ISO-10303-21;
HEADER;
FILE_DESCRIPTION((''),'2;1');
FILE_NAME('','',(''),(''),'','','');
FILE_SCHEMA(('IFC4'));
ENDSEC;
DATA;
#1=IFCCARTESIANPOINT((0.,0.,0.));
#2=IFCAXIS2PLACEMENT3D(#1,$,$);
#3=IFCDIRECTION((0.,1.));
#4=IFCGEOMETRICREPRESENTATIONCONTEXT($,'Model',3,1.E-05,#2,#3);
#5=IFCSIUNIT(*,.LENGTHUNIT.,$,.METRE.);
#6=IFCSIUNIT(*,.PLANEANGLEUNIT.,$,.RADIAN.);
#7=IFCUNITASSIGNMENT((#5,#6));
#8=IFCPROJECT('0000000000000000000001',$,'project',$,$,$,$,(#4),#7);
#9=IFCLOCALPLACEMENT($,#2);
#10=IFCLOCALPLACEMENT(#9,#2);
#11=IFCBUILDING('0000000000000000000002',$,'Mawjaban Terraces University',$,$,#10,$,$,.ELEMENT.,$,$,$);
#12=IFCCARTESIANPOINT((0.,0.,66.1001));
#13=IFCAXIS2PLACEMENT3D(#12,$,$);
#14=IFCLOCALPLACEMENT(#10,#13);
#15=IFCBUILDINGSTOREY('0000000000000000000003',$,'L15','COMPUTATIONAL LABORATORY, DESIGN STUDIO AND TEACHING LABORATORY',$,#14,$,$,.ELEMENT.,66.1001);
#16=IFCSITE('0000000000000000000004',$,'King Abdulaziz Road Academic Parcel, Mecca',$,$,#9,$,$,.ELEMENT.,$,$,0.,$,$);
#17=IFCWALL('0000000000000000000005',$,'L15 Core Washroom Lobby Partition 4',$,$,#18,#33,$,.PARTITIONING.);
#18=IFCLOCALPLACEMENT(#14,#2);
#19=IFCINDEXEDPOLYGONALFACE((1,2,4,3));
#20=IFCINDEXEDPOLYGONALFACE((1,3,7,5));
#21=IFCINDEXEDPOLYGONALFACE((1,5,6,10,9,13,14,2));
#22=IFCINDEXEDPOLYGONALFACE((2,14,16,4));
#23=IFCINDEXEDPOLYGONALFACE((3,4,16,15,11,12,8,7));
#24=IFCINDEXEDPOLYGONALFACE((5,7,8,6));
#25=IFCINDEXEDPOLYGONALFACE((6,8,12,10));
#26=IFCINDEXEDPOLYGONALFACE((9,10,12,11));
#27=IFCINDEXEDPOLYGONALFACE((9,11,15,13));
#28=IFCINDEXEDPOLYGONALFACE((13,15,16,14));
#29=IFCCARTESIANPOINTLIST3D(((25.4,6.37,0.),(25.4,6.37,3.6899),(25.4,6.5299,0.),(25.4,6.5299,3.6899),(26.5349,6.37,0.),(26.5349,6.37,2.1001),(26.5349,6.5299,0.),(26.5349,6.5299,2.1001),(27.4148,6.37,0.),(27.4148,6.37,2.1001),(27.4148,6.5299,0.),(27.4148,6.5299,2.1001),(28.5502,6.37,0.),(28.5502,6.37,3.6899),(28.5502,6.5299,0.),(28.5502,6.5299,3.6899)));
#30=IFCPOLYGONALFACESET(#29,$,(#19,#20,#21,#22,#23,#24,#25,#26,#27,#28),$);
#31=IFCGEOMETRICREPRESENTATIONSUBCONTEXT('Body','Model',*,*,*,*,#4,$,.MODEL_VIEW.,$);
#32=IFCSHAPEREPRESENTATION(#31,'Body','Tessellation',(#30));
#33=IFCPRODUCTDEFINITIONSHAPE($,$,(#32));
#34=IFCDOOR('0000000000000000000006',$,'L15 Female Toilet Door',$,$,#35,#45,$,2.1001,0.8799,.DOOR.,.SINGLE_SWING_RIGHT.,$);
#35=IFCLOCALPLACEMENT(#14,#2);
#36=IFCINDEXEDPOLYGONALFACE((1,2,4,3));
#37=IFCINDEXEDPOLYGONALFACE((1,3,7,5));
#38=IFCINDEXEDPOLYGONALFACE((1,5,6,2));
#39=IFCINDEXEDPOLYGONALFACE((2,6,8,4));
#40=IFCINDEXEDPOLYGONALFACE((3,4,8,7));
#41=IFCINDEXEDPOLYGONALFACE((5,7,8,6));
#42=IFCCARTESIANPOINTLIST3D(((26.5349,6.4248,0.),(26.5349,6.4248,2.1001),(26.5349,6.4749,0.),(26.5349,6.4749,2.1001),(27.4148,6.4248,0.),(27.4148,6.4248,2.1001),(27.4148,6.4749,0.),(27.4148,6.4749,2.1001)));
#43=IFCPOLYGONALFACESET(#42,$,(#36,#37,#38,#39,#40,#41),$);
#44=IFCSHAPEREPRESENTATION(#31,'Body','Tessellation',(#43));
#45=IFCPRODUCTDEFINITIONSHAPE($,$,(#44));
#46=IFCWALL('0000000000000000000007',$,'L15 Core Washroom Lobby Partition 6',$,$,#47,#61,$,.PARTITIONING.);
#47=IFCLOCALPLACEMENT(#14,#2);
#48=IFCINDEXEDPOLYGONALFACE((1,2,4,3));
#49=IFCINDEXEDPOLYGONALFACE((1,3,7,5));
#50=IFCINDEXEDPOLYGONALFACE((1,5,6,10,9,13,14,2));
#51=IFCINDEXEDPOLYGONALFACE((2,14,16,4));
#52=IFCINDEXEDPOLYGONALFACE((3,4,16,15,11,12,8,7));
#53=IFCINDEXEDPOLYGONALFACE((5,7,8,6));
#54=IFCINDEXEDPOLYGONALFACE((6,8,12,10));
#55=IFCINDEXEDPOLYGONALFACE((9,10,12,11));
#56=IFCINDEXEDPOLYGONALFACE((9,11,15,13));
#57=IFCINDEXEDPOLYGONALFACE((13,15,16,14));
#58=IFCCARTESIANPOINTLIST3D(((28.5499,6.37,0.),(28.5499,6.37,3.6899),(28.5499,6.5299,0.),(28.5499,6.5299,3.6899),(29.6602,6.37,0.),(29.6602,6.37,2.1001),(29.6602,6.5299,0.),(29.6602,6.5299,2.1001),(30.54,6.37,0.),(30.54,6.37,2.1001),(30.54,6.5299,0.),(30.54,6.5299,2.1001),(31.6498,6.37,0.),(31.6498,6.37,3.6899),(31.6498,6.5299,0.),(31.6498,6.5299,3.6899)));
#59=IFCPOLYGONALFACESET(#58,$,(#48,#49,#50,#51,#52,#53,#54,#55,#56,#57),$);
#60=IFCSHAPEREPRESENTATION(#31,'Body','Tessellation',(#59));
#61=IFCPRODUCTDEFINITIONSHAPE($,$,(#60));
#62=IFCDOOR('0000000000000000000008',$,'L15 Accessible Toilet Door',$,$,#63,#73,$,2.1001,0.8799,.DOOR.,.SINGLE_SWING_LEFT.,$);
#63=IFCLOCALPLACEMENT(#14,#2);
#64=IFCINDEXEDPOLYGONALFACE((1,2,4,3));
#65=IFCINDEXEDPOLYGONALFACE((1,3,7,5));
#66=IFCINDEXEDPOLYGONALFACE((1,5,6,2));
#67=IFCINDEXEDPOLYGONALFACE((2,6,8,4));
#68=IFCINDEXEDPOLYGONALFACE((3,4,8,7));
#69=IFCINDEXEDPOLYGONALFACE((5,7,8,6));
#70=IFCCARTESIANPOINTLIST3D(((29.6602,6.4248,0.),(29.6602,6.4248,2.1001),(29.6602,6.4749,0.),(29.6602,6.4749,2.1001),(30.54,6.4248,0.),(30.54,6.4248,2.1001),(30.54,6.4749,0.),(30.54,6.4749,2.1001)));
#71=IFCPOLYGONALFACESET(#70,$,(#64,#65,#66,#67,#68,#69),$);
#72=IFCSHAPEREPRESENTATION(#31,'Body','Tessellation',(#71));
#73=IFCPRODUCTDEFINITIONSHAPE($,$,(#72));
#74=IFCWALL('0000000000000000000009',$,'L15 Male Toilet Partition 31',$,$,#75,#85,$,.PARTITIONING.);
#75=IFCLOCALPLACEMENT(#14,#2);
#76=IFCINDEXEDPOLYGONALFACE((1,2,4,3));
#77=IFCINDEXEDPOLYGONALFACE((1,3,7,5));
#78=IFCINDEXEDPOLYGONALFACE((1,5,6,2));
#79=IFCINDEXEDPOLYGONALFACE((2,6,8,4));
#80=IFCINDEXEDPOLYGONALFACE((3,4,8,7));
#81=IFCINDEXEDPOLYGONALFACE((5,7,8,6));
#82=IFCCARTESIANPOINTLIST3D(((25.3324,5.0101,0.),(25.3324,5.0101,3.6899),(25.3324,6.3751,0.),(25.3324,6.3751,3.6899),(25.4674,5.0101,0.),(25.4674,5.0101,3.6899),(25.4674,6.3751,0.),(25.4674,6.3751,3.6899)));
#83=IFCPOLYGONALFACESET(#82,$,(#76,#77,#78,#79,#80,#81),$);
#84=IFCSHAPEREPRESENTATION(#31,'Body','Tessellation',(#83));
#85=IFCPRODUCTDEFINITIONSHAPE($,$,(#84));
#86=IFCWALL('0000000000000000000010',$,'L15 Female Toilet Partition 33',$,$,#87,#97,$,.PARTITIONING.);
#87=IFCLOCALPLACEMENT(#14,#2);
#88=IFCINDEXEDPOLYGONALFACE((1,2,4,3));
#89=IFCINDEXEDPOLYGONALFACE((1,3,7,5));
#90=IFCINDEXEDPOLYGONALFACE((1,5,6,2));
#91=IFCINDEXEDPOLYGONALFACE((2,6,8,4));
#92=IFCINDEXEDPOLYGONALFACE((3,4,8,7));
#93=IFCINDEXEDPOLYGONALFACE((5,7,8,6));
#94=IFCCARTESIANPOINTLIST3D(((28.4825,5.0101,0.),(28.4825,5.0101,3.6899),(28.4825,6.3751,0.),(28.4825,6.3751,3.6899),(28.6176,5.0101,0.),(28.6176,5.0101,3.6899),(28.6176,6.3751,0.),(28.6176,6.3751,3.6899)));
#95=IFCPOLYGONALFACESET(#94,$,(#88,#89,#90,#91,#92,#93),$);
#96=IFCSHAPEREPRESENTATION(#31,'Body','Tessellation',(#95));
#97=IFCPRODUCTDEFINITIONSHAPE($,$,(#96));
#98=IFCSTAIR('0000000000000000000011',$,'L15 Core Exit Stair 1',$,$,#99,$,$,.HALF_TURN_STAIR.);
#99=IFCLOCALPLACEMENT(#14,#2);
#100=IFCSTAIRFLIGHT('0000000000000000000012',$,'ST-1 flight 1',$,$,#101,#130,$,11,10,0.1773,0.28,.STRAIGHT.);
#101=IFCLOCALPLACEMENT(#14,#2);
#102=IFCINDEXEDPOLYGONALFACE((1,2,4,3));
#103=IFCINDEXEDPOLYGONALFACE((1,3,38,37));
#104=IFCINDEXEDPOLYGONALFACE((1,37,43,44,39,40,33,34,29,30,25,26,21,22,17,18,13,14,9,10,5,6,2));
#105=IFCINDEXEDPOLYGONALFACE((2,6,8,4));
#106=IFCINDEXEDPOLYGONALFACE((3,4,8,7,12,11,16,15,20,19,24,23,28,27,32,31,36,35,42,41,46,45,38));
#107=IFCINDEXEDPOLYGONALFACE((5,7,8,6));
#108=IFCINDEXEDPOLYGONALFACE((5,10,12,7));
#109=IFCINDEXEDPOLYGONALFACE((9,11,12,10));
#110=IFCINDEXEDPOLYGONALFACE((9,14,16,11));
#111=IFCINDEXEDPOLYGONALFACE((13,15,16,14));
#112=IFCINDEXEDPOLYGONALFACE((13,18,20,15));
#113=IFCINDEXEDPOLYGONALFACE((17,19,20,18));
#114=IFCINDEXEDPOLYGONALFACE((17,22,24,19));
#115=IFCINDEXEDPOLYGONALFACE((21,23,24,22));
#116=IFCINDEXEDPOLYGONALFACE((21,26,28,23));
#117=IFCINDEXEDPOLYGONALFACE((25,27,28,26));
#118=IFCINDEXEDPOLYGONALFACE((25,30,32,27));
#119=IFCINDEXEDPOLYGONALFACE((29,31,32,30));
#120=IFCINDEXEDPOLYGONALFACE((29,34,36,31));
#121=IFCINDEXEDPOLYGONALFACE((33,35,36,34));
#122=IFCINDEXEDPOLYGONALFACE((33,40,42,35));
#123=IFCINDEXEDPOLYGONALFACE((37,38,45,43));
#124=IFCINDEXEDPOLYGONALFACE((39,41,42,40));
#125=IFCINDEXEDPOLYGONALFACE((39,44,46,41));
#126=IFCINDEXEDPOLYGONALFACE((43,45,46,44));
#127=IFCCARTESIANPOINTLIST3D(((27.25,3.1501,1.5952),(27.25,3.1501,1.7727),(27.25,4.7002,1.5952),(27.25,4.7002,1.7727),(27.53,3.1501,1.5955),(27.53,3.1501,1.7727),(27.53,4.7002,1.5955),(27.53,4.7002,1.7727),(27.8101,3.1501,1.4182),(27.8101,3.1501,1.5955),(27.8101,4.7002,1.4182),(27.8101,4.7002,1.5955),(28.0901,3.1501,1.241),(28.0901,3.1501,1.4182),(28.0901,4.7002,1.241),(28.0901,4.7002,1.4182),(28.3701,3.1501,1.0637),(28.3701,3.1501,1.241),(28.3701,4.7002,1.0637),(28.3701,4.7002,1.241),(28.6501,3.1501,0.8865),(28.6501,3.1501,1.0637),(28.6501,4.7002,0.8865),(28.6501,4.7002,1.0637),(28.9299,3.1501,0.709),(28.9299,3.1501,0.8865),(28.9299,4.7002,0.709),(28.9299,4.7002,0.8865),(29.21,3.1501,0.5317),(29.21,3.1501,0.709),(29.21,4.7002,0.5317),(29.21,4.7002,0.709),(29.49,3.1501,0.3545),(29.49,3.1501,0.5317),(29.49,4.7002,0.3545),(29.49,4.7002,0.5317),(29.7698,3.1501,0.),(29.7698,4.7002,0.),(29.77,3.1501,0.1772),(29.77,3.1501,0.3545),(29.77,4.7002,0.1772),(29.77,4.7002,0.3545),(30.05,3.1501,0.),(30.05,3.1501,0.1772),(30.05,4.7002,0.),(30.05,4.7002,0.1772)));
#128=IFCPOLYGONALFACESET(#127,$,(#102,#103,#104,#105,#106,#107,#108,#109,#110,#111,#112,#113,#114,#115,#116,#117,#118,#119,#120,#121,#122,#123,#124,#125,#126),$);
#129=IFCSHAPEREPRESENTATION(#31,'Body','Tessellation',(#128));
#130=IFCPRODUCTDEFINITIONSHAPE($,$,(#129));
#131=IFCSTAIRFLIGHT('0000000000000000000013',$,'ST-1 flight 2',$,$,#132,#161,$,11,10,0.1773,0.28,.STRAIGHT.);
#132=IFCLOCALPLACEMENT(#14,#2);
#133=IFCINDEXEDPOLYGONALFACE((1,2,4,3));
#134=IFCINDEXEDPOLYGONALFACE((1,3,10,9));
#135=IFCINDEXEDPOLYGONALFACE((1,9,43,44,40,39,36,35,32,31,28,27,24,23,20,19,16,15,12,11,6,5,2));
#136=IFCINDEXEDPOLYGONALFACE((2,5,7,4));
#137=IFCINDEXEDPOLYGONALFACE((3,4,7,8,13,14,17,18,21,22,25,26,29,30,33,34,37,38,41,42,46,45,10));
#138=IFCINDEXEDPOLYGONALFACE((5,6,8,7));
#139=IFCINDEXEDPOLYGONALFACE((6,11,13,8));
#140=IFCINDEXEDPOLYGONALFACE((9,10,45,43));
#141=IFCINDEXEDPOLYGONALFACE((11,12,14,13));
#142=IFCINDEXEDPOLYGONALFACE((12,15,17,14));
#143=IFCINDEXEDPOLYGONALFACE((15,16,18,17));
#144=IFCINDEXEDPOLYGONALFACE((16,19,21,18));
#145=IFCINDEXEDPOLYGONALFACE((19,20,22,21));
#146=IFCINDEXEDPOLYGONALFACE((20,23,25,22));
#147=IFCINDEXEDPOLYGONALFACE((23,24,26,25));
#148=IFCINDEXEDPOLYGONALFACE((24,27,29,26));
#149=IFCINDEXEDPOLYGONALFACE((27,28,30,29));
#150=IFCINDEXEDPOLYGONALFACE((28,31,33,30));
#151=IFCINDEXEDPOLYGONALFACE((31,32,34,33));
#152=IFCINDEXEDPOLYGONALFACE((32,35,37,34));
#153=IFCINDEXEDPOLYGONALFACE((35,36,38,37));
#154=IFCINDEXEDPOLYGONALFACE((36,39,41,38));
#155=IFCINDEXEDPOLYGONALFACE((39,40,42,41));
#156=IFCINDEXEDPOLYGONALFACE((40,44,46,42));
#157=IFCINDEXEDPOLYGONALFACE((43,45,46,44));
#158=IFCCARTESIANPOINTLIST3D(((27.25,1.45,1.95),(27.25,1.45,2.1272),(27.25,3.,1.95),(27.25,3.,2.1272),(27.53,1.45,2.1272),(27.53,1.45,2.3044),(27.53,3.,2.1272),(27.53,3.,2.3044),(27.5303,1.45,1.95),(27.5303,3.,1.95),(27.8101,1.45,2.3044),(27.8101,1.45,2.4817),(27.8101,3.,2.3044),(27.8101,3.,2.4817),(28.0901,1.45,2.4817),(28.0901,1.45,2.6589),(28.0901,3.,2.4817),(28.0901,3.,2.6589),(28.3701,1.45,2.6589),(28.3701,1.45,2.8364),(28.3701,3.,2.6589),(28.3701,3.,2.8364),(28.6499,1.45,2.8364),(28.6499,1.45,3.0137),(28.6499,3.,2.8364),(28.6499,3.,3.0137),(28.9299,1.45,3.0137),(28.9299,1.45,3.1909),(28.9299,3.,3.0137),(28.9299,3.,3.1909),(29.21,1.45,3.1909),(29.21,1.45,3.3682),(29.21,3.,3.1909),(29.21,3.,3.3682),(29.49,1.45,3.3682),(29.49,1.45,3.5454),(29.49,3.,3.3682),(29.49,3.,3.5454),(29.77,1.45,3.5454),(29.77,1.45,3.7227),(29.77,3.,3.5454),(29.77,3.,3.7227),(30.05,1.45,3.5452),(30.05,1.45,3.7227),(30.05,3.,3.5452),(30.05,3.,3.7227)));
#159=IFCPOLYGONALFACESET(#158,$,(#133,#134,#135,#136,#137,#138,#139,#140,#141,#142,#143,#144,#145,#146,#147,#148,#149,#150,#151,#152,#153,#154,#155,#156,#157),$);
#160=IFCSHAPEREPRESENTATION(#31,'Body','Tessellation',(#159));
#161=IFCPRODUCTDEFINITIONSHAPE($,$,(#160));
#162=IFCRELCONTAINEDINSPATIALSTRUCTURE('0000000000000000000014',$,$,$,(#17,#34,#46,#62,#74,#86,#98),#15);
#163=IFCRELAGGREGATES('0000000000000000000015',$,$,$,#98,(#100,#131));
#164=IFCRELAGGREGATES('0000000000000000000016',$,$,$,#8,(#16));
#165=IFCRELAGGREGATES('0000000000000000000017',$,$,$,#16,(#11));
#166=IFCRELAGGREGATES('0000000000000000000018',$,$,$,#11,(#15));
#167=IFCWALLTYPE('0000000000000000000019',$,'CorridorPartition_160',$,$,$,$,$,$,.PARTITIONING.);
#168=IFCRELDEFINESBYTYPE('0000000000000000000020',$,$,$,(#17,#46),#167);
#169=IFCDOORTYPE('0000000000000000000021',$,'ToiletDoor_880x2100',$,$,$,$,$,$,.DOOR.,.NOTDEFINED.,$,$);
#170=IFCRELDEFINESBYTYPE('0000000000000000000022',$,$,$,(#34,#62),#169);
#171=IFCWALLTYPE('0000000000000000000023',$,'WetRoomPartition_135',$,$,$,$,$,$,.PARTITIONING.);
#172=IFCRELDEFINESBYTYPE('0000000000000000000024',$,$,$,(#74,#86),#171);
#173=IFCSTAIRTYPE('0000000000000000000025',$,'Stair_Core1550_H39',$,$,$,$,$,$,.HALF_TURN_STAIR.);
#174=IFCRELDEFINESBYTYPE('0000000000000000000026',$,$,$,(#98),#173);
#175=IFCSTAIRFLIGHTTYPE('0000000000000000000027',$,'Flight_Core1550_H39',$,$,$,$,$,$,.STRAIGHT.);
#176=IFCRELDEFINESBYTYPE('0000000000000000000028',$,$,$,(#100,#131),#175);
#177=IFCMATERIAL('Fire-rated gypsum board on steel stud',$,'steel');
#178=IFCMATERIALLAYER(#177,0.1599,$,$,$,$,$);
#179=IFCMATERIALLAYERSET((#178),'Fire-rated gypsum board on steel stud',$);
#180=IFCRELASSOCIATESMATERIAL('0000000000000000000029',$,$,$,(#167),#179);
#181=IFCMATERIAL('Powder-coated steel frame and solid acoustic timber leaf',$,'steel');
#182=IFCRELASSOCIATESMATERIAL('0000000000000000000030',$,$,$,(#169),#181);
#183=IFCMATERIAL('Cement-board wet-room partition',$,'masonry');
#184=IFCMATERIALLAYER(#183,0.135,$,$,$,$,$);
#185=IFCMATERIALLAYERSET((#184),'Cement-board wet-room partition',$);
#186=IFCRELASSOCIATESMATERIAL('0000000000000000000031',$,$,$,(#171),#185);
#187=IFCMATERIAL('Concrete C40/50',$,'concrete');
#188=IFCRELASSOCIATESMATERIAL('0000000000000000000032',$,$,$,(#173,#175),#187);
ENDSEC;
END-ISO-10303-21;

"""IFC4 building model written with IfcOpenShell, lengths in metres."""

from ifc_helpers import new_model, si_unit, direction, frame, frame_2d, origin, place, context, subcontext, project, spatial, polyline, rectangle, outline, extrude, material, layer, layer_set, type_object, element, fill, aggregate, save


model = new_model("IFC4")

# Units and contexts
model_context = context("Model", 3, precision=1e-05, world=origin(), true_north=direction((0.0, 1.0)))
body_context = subcontext(model_context, "Body", "Model", "MODEL_VIEW")
ifc_project = project(units=[si_unit("LENGTHUNIT", "METRE"), si_unit("PLANEANGLEUNIT", "RADIAN")], contexts=[model_context])

# Site, building, storey
site_placement = place(None, origin())
site = spatial("IfcSite", under=ifc_project, at=site_placement, Name="King Abdulaziz Road Academic Parcel, Mecca", CompositionType="ELEMENT", RefElevation=0.0)
building_placement = place(site_placement, origin())
building = spatial("IfcBuilding", under=site, at=building_placement, Name="Mawjaban Terraces University", CompositionType="ELEMENT")
storey_placement = place(building_placement, frame((0.0, 0.0, 66.1001)))
storey = spatial("IfcBuildingStorey", under=building, at=storey_placement, Name="L15", Description="COMPUTATIONAL LABORATORY, DESIGN STUDIO AND TEACHING LABORATORY", CompositionType="ELEMENT", Elevation=66.1001)

# Walls, openings, doors
ifc_material_1 = material(Name="Fire-rated gypsum board on steel stud", Category="steel")
ifc_layer_1 = layer(ifc_material_1, 0.1599)
ifc_layer_set_1 = layer_set([ifc_layer_1], Name="Fire-rated gypsum board on steel stud")
wall_type_1 = type_object("IfcWallType", Name="CorridorPartition_160", PredefinedType="PARTITIONING", material=ifc_layer_set_1)
wall_1_placement = place(storey_placement, frame((25.3999, 6.45, 0.0), z_axis=(0.0, 0.0, 1.0), x_axis=(1.0, 0.0, 0.0)))
wall_1 = element("IfcWall", 1, at=wall_1_placement, inside=storey, type_object=wall_type_1, Name="L15 Core Washroom Lobby Partition 4", PredefinedType="PARTITIONING", context=body_context, shape_type="SweptSolid", body=[
    extrude(rectangle(XDim=3.1501, YDim=0.1599, at=frame_2d((1.5752, 0.0))), origin(), (0.0, 0.0, 1.0), 3.6899),
])
opening_1_placement = place(wall_1_placement, frame((1.135, 0.0, 0.0)))
opening_1 = element("IfcOpeningElement", 2, at=opening_1_placement, cuts=wall_1, PredefinedType="OPENING", context=body_context, shape_type="SweptSolid", body=[
    extrude(rectangle(XDim=0.8799, YDim=2.1001, at=frame_2d((0.4399, 1.05))), frame((0.0, 0.0898, 0.0), z_axis=(0.0, -1.0, 0.0), x_axis=(1.0, 0.0, 0.0)), (0.0, 0.0, 1.0), 0.1799),
])
ifc_material_2 = material(Name="Powder-coated steel frame and solid acoustic timber leaf", Category="steel")
door_type = type_object("IfcDoorType", Name="ToiletDoor_880x2100", OperationType="NOTDEFINED", PredefinedType="DOOR", material=ifc_material_2)
door_1_placement = place(opening_1_placement, origin())
door_1 = element("IfcDoor", 3, at=door_1_placement, inside=storey, type_object=door_type, Name="L15 Female Toilet Door", OperationType="SINGLE_SWING_RIGHT", OverallHeight=2.1001, OverallWidth=0.8799, PredefinedType="DOOR", context=body_context, shape_type="SweptSolid", body=[
    extrude(rectangle(XDim=0.8799, YDim=2.1001, at=frame_2d((0.4399, 1.05))), frame((0.0, 0.0249, 0.0), z_axis=(0.0, -1.0, 0.0), x_axis=(1.0, 0.0, 0.0)), (0.0, 0.0, 1.0), 0.05),
])
fill(opening_1, door_1)
wall_2_placement = place(storey_placement, frame((28.55, 6.45, 0.0), z_axis=(0.0, 0.0, 1.0), x_axis=(1.0, 0.0, 0.0)))
wall_2 = element("IfcWall", 4, at=wall_2_placement, inside=storey, type_object=wall_type_1, Name="L15 Core Washroom Lobby Partition 6", PredefinedType="PARTITIONING", context=body_context, shape_type="SweptSolid", body=[
    extrude(rectangle(XDim=3.0999, YDim=0.1599, at=frame_2d((1.5498, 0.0))), origin(), (0.0, 0.0, 1.0), 3.6899),
])
opening_2_placement = place(wall_2_placement, frame((1.1101, 0.0, 0.0)))
opening_2 = element("IfcOpeningElement", 5, at=opening_2_placement, cuts=wall_2, PredefinedType="OPENING", context=body_context, shape_type="SweptSolid", body=[
    extrude(rectangle(XDim=0.8799, YDim=2.1001, at=frame_2d((0.4399, 1.05))), frame((0.0, 0.0898, 0.0), z_axis=(0.0, -1.0, 0.0), x_axis=(1.0, 0.0, 0.0)), (0.0, 0.0, 1.0), 0.1799),
])
door_2_placement = place(opening_2_placement, origin())
door_2 = element("IfcDoor", 6, at=door_2_placement, inside=storey, type_object=door_type, Name="L15 Accessible Toilet Door", OperationType="SINGLE_SWING_LEFT", OverallHeight=2.1001, OverallWidth=0.8799, PredefinedType="DOOR", context=body_context, shape_type="SweptSolid", body=[
    extrude(rectangle(XDim=0.8799, YDim=2.1001, at=frame_2d((0.4399, 1.05))), frame((0.0, 0.0249, 0.0), z_axis=(0.0, -1.0, 0.0), x_axis=(1.0, 0.0, 0.0)), (0.0, 0.0, 1.0), 0.05),
])
fill(opening_2, door_2)

# Walls
ifc_material_3 = material(Name="Cement-board wet-room partition", Category="masonry")
ifc_layer_2 = layer(ifc_material_3, 0.135)
ifc_layer_set_2 = layer_set([ifc_layer_2], Name="Cement-board wet-room partition")
wall_type_2 = type_object("IfcWallType", Name="WetRoomPartition_135", PredefinedType="PARTITIONING", material=ifc_layer_set_2)
for number, where, z_axis, x_axis, name in (
    (7, (25.3999, 5.01, 0.0), (0.0, 0.0, 1.0), (0.0, 1.0, 0.0), "L15 Male Toilet Partition 31"),
    (8, (28.55, 5.01, 0.0), (0.0, 0.0, 1.0), (0.0, 1.0, 0.0), "L15 Female Toilet Partition 33"),
):
    element("IfcWall", number, at=place(storey_placement, frame(where, z_axis=z_axis, x_axis=x_axis)), inside=storey, type_object=wall_type_2, Name=name, PredefinedType="PARTITIONING", context=body_context, shape_type="SweptSolid", body=[
        extrude(rectangle(XDim=1.365, YDim=0.135, at=frame_2d((0.6826, 0.0))), origin(), (0.0, 0.0, 1.0), 3.6899),
    ])

# Stair, stair flights
ifc_material_4 = material(Name="Concrete C40/50", Category="concrete")
stair_type = type_object("IfcStairType", Name="Stair_Core1550_H39", PredefinedType="HALF_TURN_STAIR", material=ifc_material_4)
stair_1_placement = place(storey_placement, origin())
stair_1 = element("IfcStair", 9, at=stair_1_placement, inside=storey, type_object=stair_type, Name="L15 Core Exit Stair 1", PredefinedType="HALF_TURN_STAIR")
stair_flight_type = type_object("IfcStairFlightType", Name="Flight_Core1550_H39", PredefinedType="STRAIGHT", material=ifc_material_4)
stair_flight_1_placement = place(storey_placement, frame((30.05, 3.925, 0.0), z_axis=(0.0, 0.0, 1.0), x_axis=(-1.0, 0.0, 0.0)))
stair_flight_1 = element("IfcStairFlight", 10, at=stair_flight_1_placement, type_object=stair_flight_type, Name="ST-1 flight 1", NumberOfRisers=11, NumberOfTreads=10, PredefinedType="STRAIGHT", RiserHeight=0.1773, TreadLength=0.28, context=body_context, shape_type="SweptSolid", body=[
    extrude(outline(polyline([(0.0, 0.0), (0.0, 0.1772), (0.28, 0.1772), (0.28, 0.3545), (0.5601, 0.3545), (0.5601, 0.5317), (0.8401, 0.5317), (0.8401, 0.709), (1.1201, 0.709), (1.1201, 0.8865), (1.3999, 0.8865), (1.3999, 1.0637), (1.6799, 1.0637), (1.6799, 1.241), (1.96, 1.241), (1.96, 1.4182), (2.24, 1.4182), (2.24, 1.5955), (2.52, 1.5955), (2.52, 1.7727), (2.8, 1.7727), (2.8, 1.95), (2.8, 1.5952), (0.2803, 0.0), (0.0, 0.0)])), frame((0.0, 0.7749, 0.0), z_axis=(0.0, -1.0, 0.0), x_axis=(1.0, 0.0, 0.0)), (0.0, 0.0, 1.0), 1.55),
])
stair_flight_2_placement = place(storey_placement, frame((27.25, 2.2251, 1.95), z_axis=(0.0, 0.0, 1.0), x_axis=(1.0, 0.0, 0.0)))
stair_flight_2 = element("IfcStairFlight", 11, at=stair_flight_2_placement, type_object=stair_flight_type, Name="ST-1 flight 2", NumberOfRisers=11, NumberOfTreads=10, PredefinedType="STRAIGHT", RiserHeight=0.1773, TreadLength=0.28, context=body_context, shape_type="SweptSolid", body=[
    extrude(outline(polyline([(0.0, 0.0), (0.0, 0.1772), (0.28, 0.1772), (0.28, 0.3545), (0.5601, 0.3545), (0.5601, 0.5317), (0.8401, 0.5317), (0.8401, 0.709), (1.1201, 0.709), (1.1201, 0.8865), (1.3999, 0.8865), (1.3999, 1.0637), (1.6799, 1.0637), (1.6799, 1.241), (1.96, 1.241), (1.96, 1.4182), (2.24, 1.4182), (2.24, 1.5955), (2.52, 1.5955), (2.52, 1.7727), (2.8, 1.7727), (2.8, 1.95), (2.8, 1.5952), (0.2803, 0.0), (0.0, 0.0)])), frame((0.0, 0.7749, 0.0), z_axis=(0.0, -1.0, 0.0), x_axis=(1.0, 0.0, 0.0)), (0.0, 0.0, 1.0), 1.55),
])
aggregate(stair_1, [stair_flight_1, stair_flight_2])

save(model, "model.ifc")
